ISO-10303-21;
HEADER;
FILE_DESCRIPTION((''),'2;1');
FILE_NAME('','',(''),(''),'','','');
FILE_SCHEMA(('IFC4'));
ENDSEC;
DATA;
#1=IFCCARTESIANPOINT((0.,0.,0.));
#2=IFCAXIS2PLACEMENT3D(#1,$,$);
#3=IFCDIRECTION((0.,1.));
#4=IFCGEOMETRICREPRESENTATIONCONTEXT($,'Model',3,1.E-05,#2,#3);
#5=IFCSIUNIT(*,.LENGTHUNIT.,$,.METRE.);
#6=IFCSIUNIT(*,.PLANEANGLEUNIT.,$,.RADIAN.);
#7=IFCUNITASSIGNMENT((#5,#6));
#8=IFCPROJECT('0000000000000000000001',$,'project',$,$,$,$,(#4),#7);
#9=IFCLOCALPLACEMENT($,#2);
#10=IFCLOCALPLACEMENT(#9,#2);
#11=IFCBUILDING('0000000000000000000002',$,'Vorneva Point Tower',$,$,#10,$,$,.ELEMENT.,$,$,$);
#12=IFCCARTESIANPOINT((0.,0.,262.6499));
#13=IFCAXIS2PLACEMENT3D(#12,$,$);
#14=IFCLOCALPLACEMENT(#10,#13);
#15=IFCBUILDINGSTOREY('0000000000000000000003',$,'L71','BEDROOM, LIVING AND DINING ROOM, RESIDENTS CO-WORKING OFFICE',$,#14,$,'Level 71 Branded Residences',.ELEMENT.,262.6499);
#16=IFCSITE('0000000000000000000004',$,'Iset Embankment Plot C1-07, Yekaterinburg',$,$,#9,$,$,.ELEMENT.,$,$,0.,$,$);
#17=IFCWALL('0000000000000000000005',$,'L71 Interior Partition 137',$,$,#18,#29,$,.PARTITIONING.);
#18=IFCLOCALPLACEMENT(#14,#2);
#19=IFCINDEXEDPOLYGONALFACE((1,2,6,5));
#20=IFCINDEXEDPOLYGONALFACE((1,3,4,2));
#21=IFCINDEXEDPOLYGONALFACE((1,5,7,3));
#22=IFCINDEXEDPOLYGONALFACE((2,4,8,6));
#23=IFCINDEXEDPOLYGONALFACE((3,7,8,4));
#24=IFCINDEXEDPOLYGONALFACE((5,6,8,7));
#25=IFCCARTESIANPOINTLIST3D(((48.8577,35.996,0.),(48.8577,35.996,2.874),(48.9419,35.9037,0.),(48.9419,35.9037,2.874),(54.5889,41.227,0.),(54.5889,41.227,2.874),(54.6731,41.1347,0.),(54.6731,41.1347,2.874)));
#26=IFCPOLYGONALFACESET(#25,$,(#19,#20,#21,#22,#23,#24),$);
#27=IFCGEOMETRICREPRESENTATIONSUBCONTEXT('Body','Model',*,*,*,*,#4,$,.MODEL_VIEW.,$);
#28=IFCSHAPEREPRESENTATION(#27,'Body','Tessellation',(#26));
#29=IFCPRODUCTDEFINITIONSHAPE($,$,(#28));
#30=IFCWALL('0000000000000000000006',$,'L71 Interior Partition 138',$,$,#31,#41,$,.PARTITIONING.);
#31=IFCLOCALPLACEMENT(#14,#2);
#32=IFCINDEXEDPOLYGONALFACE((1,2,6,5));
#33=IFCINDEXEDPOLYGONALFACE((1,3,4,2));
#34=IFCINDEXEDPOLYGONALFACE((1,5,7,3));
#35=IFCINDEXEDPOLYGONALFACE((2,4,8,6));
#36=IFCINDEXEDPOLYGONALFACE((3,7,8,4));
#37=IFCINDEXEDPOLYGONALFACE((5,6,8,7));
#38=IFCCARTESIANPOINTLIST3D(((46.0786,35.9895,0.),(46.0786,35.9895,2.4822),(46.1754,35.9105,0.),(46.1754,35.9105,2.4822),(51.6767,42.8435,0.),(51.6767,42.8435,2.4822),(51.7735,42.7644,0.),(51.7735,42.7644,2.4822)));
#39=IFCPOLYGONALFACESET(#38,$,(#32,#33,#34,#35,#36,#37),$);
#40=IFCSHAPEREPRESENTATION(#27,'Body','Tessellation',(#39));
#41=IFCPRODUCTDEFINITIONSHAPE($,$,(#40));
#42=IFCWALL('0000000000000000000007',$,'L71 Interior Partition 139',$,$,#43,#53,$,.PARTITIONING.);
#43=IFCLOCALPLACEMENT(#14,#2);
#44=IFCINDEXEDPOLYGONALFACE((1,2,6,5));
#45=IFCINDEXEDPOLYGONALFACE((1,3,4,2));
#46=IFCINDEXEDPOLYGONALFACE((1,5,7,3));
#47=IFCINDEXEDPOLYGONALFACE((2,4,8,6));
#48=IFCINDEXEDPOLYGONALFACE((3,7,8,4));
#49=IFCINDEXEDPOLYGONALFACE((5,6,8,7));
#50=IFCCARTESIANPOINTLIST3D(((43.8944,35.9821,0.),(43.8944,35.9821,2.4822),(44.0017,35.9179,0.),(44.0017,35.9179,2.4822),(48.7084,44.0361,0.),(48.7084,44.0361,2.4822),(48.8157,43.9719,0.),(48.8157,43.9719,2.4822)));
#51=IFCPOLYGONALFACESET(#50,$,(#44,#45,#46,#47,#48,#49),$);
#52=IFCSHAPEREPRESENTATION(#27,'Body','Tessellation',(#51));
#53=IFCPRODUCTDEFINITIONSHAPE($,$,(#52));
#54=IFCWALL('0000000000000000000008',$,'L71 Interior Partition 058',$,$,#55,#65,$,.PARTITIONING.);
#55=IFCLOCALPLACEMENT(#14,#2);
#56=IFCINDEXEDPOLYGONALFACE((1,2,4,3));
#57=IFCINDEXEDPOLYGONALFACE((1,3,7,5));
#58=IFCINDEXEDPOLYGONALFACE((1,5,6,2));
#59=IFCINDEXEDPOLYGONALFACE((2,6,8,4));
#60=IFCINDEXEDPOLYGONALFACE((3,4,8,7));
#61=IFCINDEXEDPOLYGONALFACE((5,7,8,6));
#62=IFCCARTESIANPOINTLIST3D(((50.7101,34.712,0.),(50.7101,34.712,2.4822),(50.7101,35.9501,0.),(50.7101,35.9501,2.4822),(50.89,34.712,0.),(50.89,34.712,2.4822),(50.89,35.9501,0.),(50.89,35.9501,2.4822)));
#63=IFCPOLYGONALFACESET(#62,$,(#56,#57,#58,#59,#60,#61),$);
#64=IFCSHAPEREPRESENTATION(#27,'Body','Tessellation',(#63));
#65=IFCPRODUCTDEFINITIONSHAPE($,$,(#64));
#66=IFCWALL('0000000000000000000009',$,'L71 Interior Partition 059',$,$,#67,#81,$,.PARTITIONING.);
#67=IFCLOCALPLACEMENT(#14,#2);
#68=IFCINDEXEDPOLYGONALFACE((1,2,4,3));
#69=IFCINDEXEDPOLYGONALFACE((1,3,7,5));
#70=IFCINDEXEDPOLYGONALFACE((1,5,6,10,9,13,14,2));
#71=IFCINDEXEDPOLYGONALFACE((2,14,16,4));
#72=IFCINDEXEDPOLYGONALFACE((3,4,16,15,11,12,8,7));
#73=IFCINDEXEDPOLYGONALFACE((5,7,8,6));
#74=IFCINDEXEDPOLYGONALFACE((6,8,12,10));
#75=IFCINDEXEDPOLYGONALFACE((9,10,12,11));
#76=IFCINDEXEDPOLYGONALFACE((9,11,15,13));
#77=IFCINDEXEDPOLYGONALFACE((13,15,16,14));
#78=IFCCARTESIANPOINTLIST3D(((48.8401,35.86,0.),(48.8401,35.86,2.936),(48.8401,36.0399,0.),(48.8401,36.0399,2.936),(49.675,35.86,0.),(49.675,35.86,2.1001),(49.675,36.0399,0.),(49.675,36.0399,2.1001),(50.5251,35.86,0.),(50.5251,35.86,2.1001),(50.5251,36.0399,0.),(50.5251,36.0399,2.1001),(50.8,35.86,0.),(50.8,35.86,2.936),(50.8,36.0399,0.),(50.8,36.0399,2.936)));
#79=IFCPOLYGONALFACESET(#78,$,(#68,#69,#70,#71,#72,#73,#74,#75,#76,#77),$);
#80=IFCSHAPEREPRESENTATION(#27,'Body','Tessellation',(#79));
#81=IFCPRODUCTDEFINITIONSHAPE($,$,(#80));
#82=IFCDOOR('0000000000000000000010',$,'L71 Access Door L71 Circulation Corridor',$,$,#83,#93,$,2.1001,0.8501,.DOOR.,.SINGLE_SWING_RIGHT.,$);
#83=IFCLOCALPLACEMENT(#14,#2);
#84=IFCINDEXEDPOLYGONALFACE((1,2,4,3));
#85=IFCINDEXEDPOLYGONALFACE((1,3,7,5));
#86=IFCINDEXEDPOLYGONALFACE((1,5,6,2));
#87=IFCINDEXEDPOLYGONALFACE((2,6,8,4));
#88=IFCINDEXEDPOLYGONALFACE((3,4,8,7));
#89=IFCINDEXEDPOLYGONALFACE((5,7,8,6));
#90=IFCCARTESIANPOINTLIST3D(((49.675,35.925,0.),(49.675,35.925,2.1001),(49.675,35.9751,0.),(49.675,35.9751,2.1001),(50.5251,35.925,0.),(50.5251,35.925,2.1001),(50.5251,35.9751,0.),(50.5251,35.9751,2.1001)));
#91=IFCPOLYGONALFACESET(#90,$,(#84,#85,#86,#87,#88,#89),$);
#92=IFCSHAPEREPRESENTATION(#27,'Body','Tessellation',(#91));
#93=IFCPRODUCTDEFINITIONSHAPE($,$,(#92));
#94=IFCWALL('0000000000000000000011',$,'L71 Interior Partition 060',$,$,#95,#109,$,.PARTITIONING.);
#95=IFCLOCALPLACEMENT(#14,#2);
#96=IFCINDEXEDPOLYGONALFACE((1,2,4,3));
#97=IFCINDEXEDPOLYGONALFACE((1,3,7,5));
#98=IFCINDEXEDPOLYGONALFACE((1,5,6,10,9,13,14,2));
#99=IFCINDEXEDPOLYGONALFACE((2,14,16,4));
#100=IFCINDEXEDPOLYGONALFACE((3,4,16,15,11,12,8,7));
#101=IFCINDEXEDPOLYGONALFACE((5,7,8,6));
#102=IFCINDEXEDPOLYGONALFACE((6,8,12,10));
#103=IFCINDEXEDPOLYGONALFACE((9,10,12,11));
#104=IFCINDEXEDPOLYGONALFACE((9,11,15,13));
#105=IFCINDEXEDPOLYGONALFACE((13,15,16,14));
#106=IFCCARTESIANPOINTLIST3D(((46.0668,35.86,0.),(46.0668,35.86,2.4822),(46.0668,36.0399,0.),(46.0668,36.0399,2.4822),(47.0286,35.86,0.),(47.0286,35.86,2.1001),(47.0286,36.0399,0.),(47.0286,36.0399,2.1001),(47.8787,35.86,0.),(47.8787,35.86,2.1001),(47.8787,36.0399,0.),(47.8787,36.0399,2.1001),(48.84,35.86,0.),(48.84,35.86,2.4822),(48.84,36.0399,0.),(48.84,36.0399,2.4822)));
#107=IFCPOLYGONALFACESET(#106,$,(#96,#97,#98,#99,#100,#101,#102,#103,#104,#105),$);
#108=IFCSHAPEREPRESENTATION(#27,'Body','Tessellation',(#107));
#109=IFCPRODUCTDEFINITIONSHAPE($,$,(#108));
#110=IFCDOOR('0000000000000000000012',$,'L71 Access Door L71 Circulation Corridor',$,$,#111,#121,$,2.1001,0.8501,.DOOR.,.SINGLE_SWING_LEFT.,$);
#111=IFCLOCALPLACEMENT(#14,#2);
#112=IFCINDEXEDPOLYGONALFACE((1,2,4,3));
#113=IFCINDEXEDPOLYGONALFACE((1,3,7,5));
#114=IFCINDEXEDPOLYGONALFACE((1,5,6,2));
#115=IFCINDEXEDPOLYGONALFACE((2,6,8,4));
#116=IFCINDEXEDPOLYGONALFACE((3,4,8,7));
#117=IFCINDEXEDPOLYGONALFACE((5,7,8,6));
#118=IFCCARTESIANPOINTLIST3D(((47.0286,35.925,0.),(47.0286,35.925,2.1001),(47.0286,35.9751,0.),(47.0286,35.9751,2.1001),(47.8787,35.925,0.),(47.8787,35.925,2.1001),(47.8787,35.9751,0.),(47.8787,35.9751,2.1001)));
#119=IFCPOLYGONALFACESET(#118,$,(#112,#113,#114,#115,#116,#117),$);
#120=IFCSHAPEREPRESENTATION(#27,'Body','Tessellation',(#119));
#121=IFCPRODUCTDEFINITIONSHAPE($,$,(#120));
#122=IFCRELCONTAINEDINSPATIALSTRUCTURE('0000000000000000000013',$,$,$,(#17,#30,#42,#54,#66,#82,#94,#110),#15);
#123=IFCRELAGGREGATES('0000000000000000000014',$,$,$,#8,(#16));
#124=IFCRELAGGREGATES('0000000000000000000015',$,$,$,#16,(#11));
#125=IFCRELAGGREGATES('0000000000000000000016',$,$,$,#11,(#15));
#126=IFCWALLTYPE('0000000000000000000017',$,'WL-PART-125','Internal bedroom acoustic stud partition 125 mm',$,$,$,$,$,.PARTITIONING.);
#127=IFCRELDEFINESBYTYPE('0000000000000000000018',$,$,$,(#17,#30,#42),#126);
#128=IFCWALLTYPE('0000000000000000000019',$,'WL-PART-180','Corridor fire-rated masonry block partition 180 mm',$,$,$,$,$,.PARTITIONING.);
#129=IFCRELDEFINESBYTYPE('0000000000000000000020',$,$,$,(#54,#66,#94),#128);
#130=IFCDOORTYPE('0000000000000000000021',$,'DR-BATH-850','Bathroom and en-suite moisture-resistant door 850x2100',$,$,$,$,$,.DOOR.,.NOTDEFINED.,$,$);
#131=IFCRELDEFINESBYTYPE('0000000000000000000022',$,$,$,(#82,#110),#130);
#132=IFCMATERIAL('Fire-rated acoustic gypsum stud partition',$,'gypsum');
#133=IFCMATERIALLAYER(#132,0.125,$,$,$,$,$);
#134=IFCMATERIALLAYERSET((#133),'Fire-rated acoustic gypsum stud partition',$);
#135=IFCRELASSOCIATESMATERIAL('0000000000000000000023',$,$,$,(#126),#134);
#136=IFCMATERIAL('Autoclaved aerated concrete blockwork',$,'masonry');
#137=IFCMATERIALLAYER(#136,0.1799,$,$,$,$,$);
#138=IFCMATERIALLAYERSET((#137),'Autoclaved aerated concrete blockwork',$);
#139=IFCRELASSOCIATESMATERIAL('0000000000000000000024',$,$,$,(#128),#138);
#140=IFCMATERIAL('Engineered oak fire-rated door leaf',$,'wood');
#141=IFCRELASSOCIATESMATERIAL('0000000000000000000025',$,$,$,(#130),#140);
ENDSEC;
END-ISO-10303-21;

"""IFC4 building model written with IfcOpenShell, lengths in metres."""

from ifc_helpers import new_model, si_unit, direction, frame, frame_2d, origin, place, context, subcontext, project, spatial, rectangle, extrude, material, layer, layer_set, type_object, element, fill, save


model = new_model("IFC4")

# Units and contexts
model_context = context("Model", 3, precision=1e-05, world=origin(), true_north=direction((0.0, 1.0)))
body_context = subcontext(model_context, "Body", "Model", "MODEL_VIEW")
ifc_project = project(units=[si_unit("LENGTHUNIT", "METRE"), si_unit("PLANEANGLEUNIT", "RADIAN")], contexts=[model_context])

# Site, building, storey
site_placement = place(None, origin())
site = spatial("IfcSite", under=ifc_project, at=site_placement, Name="Iset Embankment Plot C1-07, Yekaterinburg", CompositionType="ELEMENT", RefElevation=0.0)
building_placement = place(site_placement, origin())
building = spatial("IfcBuilding", under=site, at=building_placement, Name="Vorneva Point Tower", CompositionType="ELEMENT")
storey_placement = place(building_placement, frame((0.0, 0.0, 262.6499)))
storey = spatial("IfcBuildingStorey", under=building, at=storey_placement, Name="L71", Description="BEDROOM, LIVING AND DINING ROOM, RESIDENTS CO-WORKING OFFICE", LongName="Level 71 Branded Residences", CompositionType="ELEMENT", Elevation=262.6499)

# Shared definitions
ifc_material_1 = material(Name="Fire-rated acoustic gypsum stud partition", Category="gypsum")
ifc_layer_1 = layer(ifc_material_1, 0.125)
ifc_layer_set_1 = layer_set([ifc_layer_1], Name="Fire-rated acoustic gypsum stud partition")
wall_type_1 = type_object("IfcWallType", Name="WL-PART-125", Description="Internal bedroom acoustic stud partition 125 mm", PredefinedType="PARTITIONING", material=ifc_layer_set_1)

# Shared definitions
ifc_material_2 = material(Name="Engineered oak fire-rated door leaf", Category="wood")

# Walls
wall_1_placement = place(storey_placement, frame((54.6311, 41.1809, 0.0), z_axis=(0.0, 0.0, 1.0), x_axis=(-0.738606, -0.674137, 0.0)))
element("IfcWall", 1, at=wall_1_placement, inside=storey, type_object=wall_type_1, Name="L71 Interior Partition 137", PredefinedType="PARTITIONING", context=body_context, shape_type="SweptSolid", body=[
    extrude(rectangle(XDim=7.7595, YDim=0.125, at=frame_2d((3.8799, 0.0))), origin(), (0.0, 0.0, 1.0), 2.874),
])
wall_2_placement = place(storey_placement, frame((51.7251, 42.804, 0.0), z_axis=(0.0, 0.0, 1.0), x_axis=(-0.632583, -0.774493, 0.0)))
element("IfcWall", 2, at=wall_2_placement, inside=storey, type_object=wall_type_1, Name="L71 Interior Partition 138", PredefinedType="PARTITIONING", context=body_context, shape_type="SweptSolid", body=[
    extrude(rectangle(XDim=8.8496, YDim=0.125, at=frame_2d((4.4248, 0.0))), origin(), (0.0, 0.0, 1.0), 2.4822),
])
wall_3_placement = place(storey_placement, frame((48.762, 44.0039, 0.0), z_axis=(0.0, 0.0, 1.0), x_axis=(-0.513052, -0.858357, 0.0)))
element("IfcWall", 3, at=wall_3_placement, inside=storey, type_object=wall_type_1, Name="L71 Interior Partition 139", PredefinedType="PARTITIONING", context=body_context, shape_type="SweptSolid", body=[
    extrude(rectangle(XDim=9.3831, YDim=0.125, at=frame_2d((4.6914, 0.0))), origin(), (0.0, 0.0, 1.0), 2.4822),
])
ifc_material_3 = material(Name="Autoclaved aerated concrete blockwork", Category="masonry")
ifc_layer_2 = layer(ifc_material_3, 0.1799)
ifc_layer_set_2 = layer_set([ifc_layer_2], Name="Autoclaved aerated concrete blockwork")
wall_type_2 = type_object("IfcWallType", Name="WL-PART-180", Description="Corridor fire-rated masonry block partition 180 mm", PredefinedType="PARTITIONING", material=ifc_layer_set_2)
wall_4_placement = place(storey_placement, frame((50.8, 34.7119, 0.0), z_axis=(0.0, 0.0, 1.0), x_axis=(0.0, 1.0, 0.0)))
element("IfcWall", 4, at=wall_4_placement, inside=storey, type_object=wall_type_2, Name="L71 Interior Partition 058", PredefinedType="PARTITIONING", context=body_context, shape_type="SweptSolid", body=[
    extrude(rectangle(XDim=1.238, YDim=0.1799, at=frame_2d((0.6191, 0.0))), origin(), (0.0, 0.0, 1.0), 2.4822),
])

# Walls, openings, doors
wall_5_placement = place(storey_placement, frame((50.8, 35.95, 0.0), z_axis=(0.0, 0.0, 1.0), x_axis=(-1.0, 0.0, 0.0)))
wall_5 = element("IfcWall", 5, at=wall_5_placement, inside=storey, type_object=wall_type_2, Name="L71 Interior Partition 059", PredefinedType="PARTITIONING", context=body_context, shape_type="SweptSolid", body=[
    extrude(rectangle(XDim=1.96, YDim=0.1799, at=frame_2d((0.98, 0.0))), origin(), (0.0, 0.0, 1.0), 2.936),
])
opening_1_placement = place(wall_5_placement, frame((0.2749, 0.0, 0.0)))
opening_1 = element("IfcOpeningElement", 6, at=opening_1_placement, cuts=wall_5, PredefinedType="OPENING", context=body_context, shape_type="SweptSolid", body=[
    extrude(rectangle(XDim=0.8501, YDim=2.1001, at=frame_2d((0.425, 1.05))), frame((0.0, 0.105, 0.0), z_axis=(0.0, -1.0, 0.0), x_axis=(1.0, 0.0, 0.0)), (0.0, 0.0, 1.0), 0.2097),
])
door_type_1 = type_object("IfcDoorType", Name="DR-BATH-850", Description="Bathroom and en-suite moisture-resistant door 850x2100", OperationType="NOTDEFINED", PredefinedType="DOOR", material=ifc_material_2)
door_1_placement = place(opening_1_placement, origin())
door_1 = element("IfcDoor", 7, at=door_1_placement, inside=storey, type_object=door_type_1, Name="L71 Access Door L71 Circulation Corridor", OperationType="SINGLE_SWING_RIGHT", OverallHeight=2.1001, OverallWidth=0.8501, PredefinedType="DOOR", context=body_context, shape_type="SweptSolid", body=[
    extrude(rectangle(XDim=0.8501, YDim=2.1001, at=frame_2d((0.425, 1.05))), frame((0.0, 0.0249, 0.0), z_axis=(0.0, -1.0, 0.0), x_axis=(1.0, 0.0, 0.0)), (0.0, 0.0, 1.0), 0.05),
])
fill(opening_1, door_1)
wall_6_placement = place(storey_placement, frame((48.8401, 35.95, 0.0), z_axis=(0.0, 0.0, 1.0), x_axis=(-1.0, 0.0, 0.0)))
wall_6 = element("IfcWall", 8, at=wall_6_placement, inside=storey, type_object=wall_type_2, Name="L71 Interior Partition 060", PredefinedType="PARTITIONING", context=body_context, shape_type="SweptSolid", body=[
    extrude(rectangle(XDim=2.7732, YDim=0.1799, at=frame_2d((1.3867, 0.0))), origin(), (0.0, 0.0, 1.0), 2.4822),
])
opening_2_placement = place(wall_6_placement, frame((0.9614, 0.0, 0.0)))
opening_2 = element("IfcOpeningElement", 9, at=opening_2_placement, cuts=wall_6, PredefinedType="OPENING", context=body_context, shape_type="SweptSolid", body=[
    extrude(rectangle(XDim=0.8501, YDim=2.1001, at=frame_2d((0.425, 1.05))), frame((0.0, 0.105, 0.0), z_axis=(0.0, -1.0, 0.0), x_axis=(1.0, 0.0, 0.0)), (0.0, 0.0, 1.0), 0.2097),
])
door_2_placement = place(opening_2_placement, origin())
door_2 = element("IfcDoor", 10, at=door_2_placement, inside=storey, type_object=door_type_1, Name="L71 Access Door L71 Circulation Corridor", OperationType="SINGLE_SWING_LEFT", OverallHeight=2.1001, OverallWidth=0.8501, PredefinedType="DOOR", context=body_context, shape_type="SweptSolid", body=[
    extrude(rectangle(XDim=0.8501, YDim=2.1001, at=frame_2d((0.425, 1.05))), frame((0.0, 0.0249, 0.0), z_axis=(0.0, -1.0, 0.0), x_axis=(1.0, 0.0, 0.0)), (0.0, 0.0, 1.0), 0.05),
])
fill(opening_2, door_2)

save(model, "model.ifc")
